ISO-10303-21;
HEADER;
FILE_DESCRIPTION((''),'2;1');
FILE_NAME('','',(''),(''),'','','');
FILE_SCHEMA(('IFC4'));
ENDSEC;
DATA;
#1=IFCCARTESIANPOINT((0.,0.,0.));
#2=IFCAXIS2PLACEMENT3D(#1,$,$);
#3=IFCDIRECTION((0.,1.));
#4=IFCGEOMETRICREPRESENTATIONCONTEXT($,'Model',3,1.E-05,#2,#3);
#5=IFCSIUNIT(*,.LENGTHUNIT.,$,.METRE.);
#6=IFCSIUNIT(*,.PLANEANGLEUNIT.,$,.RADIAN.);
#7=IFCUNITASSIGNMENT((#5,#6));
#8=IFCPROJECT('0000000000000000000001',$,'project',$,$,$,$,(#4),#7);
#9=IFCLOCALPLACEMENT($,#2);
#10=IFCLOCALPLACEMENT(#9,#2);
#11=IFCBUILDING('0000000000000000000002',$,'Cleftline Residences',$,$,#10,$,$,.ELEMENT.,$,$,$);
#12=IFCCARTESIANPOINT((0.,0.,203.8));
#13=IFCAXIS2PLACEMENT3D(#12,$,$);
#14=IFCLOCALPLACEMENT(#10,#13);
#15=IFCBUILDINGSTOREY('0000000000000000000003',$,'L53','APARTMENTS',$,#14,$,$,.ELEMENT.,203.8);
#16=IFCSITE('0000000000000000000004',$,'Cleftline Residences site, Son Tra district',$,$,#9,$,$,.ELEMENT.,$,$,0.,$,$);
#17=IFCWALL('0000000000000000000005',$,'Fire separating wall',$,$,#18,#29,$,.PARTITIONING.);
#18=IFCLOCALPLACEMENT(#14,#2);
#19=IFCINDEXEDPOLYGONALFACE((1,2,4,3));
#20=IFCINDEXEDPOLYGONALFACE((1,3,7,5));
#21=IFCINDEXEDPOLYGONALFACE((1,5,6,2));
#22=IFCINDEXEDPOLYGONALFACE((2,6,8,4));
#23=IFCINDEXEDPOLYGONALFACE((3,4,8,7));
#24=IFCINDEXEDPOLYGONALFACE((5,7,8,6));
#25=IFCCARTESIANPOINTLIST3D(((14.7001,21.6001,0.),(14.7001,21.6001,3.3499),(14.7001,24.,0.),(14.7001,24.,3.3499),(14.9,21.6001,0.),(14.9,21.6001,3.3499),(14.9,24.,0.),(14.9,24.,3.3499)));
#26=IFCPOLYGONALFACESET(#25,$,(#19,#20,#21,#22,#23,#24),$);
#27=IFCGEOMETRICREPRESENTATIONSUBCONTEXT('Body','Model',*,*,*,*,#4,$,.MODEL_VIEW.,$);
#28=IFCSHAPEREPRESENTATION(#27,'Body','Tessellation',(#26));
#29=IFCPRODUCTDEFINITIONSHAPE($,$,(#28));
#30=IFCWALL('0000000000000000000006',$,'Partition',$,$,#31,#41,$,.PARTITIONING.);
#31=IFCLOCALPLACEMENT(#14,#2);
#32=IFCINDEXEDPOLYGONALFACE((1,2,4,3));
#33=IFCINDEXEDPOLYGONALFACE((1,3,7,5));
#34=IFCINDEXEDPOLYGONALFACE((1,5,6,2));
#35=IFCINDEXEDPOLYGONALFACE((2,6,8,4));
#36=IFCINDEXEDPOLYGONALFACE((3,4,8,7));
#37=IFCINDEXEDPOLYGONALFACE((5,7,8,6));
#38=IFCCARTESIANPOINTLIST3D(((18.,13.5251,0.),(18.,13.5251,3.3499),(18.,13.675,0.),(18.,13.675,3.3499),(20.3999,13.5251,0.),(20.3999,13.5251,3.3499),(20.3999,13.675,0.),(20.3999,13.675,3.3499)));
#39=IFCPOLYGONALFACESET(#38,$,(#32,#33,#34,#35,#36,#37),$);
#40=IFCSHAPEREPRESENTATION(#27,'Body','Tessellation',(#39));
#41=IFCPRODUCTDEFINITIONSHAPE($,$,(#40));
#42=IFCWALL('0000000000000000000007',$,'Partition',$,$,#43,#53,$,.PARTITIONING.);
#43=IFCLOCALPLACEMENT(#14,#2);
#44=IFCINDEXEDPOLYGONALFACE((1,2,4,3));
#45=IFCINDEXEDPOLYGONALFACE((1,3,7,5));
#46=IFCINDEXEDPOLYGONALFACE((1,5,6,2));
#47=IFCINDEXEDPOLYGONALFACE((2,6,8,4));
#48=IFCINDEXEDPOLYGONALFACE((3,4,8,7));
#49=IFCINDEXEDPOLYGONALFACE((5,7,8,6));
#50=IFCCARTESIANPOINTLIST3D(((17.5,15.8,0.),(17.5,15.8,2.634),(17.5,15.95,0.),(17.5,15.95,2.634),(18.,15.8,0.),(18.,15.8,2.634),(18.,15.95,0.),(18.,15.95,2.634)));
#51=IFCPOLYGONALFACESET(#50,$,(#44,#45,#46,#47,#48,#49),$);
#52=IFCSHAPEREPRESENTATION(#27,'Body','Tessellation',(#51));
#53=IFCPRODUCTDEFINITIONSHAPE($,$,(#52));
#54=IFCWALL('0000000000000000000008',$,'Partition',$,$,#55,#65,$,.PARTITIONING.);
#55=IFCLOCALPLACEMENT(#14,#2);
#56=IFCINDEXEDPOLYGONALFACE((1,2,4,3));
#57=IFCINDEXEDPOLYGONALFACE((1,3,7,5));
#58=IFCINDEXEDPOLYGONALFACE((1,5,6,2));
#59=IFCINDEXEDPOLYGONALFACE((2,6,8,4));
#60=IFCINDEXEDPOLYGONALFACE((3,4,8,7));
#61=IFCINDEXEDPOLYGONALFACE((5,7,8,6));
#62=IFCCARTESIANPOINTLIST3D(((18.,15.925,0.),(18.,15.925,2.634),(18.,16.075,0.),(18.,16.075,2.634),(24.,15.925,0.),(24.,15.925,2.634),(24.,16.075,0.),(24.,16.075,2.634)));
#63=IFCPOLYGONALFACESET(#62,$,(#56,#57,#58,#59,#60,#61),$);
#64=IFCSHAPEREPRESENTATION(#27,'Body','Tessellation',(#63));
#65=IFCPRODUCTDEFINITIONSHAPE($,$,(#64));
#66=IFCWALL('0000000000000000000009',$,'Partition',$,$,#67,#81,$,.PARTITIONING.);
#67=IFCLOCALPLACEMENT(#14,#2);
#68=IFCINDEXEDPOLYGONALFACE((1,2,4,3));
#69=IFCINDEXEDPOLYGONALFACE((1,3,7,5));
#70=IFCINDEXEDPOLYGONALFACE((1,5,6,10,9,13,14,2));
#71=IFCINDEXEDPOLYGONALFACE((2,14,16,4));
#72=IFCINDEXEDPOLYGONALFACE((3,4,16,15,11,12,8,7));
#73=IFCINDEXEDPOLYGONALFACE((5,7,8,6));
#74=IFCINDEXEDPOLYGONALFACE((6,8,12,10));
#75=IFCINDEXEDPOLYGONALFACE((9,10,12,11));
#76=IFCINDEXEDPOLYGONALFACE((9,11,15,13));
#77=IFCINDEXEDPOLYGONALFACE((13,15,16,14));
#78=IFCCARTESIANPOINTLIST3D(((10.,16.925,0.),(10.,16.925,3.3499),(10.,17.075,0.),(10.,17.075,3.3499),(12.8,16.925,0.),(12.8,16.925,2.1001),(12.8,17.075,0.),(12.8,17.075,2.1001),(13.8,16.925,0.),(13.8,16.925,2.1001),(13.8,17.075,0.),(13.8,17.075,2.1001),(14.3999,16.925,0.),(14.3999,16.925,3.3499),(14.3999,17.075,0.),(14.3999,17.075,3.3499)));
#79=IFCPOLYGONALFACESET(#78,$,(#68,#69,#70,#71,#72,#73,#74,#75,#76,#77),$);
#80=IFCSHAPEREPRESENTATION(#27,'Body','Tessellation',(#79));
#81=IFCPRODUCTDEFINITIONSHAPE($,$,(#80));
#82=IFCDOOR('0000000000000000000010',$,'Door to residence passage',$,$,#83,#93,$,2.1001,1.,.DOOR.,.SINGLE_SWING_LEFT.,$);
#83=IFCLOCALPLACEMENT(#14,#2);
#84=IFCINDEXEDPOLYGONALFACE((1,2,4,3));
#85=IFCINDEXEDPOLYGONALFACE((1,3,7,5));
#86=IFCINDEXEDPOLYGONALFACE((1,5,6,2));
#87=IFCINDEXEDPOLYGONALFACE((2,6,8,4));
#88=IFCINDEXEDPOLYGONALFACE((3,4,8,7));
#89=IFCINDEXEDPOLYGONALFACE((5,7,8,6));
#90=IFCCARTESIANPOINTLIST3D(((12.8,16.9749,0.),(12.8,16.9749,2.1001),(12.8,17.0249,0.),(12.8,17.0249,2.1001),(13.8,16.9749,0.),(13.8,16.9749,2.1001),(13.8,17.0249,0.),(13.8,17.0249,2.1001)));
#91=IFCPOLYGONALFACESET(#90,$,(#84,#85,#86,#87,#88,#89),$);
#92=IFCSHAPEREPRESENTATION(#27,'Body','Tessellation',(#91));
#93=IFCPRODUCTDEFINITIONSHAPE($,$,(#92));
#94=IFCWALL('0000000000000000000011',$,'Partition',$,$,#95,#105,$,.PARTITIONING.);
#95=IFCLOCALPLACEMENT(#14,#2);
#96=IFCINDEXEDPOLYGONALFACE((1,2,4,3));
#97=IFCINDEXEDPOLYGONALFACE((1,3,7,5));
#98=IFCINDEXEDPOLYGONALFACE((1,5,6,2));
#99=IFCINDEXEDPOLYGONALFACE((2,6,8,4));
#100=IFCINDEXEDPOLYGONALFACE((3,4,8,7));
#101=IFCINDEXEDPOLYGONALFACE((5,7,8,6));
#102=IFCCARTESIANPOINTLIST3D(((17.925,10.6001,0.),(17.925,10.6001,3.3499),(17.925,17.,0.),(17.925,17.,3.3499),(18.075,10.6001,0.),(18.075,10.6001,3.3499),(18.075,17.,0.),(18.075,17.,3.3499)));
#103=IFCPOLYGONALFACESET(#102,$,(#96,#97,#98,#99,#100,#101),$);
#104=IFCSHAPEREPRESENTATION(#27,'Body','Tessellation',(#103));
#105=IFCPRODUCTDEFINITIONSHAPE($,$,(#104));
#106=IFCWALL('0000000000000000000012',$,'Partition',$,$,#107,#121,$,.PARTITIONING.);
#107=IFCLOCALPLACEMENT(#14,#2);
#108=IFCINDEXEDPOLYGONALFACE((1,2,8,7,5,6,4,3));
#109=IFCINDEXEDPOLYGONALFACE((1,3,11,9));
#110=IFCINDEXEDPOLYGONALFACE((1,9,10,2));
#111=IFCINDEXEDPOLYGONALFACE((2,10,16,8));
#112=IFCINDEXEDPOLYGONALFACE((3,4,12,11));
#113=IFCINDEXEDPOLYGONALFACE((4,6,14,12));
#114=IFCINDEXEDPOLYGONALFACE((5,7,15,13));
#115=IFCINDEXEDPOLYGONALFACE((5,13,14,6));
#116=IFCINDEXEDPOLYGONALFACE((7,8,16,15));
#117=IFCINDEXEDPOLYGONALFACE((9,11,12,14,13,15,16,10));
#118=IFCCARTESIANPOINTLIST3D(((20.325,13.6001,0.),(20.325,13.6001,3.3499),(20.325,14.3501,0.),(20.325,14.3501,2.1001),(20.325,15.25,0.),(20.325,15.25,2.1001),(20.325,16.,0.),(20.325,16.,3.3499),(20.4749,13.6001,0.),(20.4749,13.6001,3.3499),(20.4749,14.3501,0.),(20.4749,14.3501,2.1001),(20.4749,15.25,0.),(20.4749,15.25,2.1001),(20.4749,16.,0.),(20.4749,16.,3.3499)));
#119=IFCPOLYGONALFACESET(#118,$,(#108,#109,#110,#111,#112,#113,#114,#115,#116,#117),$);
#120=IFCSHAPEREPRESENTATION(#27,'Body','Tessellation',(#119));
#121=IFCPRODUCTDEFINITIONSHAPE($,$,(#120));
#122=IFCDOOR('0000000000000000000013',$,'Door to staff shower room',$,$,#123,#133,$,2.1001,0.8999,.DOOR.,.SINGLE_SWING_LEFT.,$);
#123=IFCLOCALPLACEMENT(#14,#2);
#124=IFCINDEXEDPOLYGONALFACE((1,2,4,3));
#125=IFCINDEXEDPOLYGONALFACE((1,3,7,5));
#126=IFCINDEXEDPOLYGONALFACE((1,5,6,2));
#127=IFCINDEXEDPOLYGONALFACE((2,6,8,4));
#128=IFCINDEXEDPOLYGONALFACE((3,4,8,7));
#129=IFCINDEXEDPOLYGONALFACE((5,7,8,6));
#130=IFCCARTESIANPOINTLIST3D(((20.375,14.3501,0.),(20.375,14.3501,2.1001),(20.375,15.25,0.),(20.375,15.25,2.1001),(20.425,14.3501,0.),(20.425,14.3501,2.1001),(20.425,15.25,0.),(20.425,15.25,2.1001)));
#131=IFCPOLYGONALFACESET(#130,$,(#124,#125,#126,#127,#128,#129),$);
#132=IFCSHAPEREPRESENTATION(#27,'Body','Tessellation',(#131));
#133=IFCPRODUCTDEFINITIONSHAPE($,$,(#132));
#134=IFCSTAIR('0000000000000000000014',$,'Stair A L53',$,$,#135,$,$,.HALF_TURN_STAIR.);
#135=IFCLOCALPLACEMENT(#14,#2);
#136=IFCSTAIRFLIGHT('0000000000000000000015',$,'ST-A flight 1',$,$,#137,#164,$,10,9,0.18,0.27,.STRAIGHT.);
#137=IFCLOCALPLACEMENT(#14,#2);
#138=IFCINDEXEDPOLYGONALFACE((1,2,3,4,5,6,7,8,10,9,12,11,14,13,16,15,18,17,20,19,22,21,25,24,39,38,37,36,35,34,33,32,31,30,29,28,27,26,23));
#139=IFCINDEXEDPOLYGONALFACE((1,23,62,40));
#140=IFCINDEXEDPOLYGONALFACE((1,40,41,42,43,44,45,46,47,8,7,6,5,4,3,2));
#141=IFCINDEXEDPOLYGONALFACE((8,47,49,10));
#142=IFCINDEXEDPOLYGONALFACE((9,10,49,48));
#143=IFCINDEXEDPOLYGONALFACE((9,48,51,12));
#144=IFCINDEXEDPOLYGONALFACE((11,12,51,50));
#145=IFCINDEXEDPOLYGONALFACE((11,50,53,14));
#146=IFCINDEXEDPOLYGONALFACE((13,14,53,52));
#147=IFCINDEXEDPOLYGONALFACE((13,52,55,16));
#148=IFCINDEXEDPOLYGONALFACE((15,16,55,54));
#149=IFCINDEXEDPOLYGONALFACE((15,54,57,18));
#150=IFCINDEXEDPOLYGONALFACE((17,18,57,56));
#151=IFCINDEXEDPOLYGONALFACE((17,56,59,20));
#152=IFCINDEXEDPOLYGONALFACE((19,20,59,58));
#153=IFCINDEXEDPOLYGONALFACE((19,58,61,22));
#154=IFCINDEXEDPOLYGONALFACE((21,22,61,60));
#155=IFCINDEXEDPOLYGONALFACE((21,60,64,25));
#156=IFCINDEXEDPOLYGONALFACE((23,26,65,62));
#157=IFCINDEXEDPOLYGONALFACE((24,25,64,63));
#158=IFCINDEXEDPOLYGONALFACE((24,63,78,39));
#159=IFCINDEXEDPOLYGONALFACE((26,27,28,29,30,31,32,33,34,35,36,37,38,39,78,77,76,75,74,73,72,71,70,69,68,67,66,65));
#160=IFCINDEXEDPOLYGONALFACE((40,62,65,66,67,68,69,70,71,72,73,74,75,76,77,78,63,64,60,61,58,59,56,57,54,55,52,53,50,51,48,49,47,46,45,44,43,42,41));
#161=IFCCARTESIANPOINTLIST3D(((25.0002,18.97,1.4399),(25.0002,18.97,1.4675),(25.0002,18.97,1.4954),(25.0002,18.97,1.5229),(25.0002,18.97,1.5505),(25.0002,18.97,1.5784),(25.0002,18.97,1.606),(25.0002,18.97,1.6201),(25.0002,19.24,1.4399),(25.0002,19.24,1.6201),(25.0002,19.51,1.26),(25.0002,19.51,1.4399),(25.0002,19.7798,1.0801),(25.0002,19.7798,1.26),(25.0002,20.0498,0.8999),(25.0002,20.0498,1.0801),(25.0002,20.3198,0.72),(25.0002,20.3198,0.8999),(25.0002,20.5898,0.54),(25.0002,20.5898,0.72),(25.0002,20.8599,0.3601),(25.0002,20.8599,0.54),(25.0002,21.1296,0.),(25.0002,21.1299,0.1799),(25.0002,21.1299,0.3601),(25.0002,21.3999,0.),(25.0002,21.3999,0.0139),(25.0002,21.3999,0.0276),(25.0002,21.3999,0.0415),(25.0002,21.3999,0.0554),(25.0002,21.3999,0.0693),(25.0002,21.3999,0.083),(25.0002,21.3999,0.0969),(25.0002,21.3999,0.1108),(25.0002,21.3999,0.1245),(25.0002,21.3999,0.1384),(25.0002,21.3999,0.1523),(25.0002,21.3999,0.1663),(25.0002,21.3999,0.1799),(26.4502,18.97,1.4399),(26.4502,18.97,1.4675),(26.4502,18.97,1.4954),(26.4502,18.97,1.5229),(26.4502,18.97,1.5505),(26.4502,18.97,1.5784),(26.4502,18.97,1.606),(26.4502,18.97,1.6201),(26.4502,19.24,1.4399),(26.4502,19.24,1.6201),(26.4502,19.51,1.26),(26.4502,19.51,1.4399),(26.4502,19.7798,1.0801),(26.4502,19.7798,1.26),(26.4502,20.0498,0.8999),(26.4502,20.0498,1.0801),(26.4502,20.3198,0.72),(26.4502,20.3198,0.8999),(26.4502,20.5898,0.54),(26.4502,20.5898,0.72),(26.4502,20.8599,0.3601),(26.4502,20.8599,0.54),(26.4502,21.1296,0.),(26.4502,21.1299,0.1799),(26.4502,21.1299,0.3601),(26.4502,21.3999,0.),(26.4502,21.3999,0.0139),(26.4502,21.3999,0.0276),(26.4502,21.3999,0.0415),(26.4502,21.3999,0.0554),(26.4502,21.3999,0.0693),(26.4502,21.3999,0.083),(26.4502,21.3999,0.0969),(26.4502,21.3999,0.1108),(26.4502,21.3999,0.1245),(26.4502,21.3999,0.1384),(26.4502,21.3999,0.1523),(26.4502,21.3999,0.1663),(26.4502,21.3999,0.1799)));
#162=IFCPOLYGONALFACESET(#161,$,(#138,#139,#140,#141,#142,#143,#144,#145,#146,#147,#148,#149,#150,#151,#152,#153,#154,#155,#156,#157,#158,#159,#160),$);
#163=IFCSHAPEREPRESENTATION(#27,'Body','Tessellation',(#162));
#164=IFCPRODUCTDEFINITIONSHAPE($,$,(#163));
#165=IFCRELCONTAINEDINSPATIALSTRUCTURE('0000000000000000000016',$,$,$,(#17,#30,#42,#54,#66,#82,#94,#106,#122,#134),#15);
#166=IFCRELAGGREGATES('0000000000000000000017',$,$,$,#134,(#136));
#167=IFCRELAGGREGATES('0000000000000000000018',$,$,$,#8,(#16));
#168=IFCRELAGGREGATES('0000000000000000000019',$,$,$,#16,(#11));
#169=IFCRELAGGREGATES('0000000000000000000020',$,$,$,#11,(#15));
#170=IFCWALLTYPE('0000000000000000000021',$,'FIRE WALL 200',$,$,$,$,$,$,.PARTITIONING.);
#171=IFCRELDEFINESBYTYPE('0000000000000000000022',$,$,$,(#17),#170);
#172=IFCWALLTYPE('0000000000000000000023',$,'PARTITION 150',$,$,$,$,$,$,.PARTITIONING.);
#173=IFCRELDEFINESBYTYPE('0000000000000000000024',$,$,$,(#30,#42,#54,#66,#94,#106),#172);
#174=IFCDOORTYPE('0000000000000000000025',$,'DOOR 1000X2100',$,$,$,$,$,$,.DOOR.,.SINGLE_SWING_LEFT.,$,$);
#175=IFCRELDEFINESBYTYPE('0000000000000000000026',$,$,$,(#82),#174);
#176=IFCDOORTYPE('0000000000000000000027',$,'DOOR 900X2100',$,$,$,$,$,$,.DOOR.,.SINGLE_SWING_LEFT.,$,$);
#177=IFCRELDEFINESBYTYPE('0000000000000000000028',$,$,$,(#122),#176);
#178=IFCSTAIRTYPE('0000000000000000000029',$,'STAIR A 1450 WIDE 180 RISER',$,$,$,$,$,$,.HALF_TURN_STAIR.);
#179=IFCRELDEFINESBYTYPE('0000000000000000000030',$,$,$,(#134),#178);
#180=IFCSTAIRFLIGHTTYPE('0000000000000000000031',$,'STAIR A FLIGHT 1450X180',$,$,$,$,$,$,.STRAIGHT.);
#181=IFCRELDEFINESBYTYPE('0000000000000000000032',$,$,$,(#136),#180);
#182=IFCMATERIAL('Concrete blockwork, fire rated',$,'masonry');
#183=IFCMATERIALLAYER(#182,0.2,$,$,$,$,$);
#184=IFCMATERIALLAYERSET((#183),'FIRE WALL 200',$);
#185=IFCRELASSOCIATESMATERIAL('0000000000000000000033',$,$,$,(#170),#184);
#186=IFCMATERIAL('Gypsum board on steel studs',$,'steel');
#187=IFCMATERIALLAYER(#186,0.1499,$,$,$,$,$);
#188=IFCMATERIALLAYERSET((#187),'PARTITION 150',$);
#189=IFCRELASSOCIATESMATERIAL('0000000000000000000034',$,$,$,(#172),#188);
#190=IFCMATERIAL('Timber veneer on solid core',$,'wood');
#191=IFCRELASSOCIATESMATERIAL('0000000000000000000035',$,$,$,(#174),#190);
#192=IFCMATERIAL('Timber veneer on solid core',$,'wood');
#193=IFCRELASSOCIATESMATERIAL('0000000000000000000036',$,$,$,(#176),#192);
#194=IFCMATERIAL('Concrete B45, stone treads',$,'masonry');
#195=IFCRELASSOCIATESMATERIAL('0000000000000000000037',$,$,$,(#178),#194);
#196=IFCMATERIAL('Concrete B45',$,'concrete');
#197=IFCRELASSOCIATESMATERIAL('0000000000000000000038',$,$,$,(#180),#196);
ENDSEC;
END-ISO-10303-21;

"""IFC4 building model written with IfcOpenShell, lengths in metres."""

from ifc_helpers import new_model, si_unit, direction, frame, frame_2d, origin, place, context, subcontext, project, spatial, polyline, rectangle, outline, extrude, material, layer, layer_set, type_object, element, fill, aggregate, save


model = new_model("IFC4")

# Units and contexts
model_context = context("Model", 3, precision=1e-05, world=origin(), true_north=direction((0.0, 1.0)))
body_context = subcontext(model_context, "Body", "Model", "MODEL_VIEW")
ifc_project = project(units=[si_unit("LENGTHUNIT", "METRE"), si_unit("PLANEANGLEUNIT", "RADIAN")], contexts=[model_context])

# Site, building, storey
site_placement = place(None, origin())
site = spatial("IfcSite", under=ifc_project, at=site_placement, Name="Cleftline Residences site, Son Tra district", CompositionType="ELEMENT", RefElevation=0.0)
building_placement = place(site_placement, origin())
building = spatial("IfcBuilding", under=site, at=building_placement, Name="Cleftline Residences", CompositionType="ELEMENT")
storey_placement = place(building_placement, frame((0.0, 0.0, 203.8)))
storey = spatial("IfcBuildingStorey", under=building, at=storey_placement, Name="L53", Description="APARTMENTS", CompositionType="ELEMENT", Elevation=203.8)

# Shared definitions
ifc_material_1 = material(Name="Concrete blockwork, fire rated", Category="masonry")
ifc_layer_1 = layer(ifc_material_1, 0.2)
ifc_layer_set_1 = layer_set([ifc_layer_1], Name="FIRE WALL 200")
wall_type_1 = type_object("IfcWallType", Name="FIRE WALL 200", PredefinedType="PARTITIONING", material=ifc_layer_set_1)

# Wall
for number, where, z_axis, x_axis, name in (
    (1, (14.8, 21.6001, 0.0), (0.0, 0.0, 1.0), (0.0, 1.0, 0.0), "Fire separating wall"),
):
    element("IfcWall", number, at=place(storey_placement, frame(where, z_axis=z_axis, x_axis=x_axis)), inside=storey, type_object=wall_type_1, Name=name, PredefinedType="PARTITIONING", context=body_context, shape_type="SweptSolid", body=[
        extrude(rectangle(XDim=2.3999, YDim=0.2, at=frame_2d((1.2, 0.0))), origin(), (0.0, 0.0, 1.0), 3.3499),
    ])

# Walls
ifc_material_2 = material(Name="Gypsum board on steel studs", Category="steel")
ifc_layer_2 = layer(ifc_material_2, 0.1499)
ifc_layer_set_2 = layer_set([ifc_layer_2], Name="PARTITION 150")
wall_type_2 = type_object("IfcWallType", Name="PARTITION 150", PredefinedType="PARTITIONING", material=ifc_layer_set_2)
wall_1_placement = place(storey_placement, frame((18.0, 13.6001, 0.0), z_axis=(0.0, 0.0, 1.0), x_axis=(1.0, 0.0, 0.0)))
element("IfcWall", 2, at=wall_1_placement, inside=storey, type_object=wall_type_2, Name="Partition", PredefinedType="PARTITIONING", context=body_context, shape_type="SweptSolid", body=[
    extrude(rectangle(XDim=2.3999, YDim=0.1499, at=frame_2d((1.2, 0.0))), origin(), (0.0, 0.0, 1.0), 3.3499),
])
wall_2_placement = place(storey_placement, frame((17.5, 15.875, 0.0), z_axis=(0.0, 0.0, 1.0), x_axis=(1.0, 0.0, 0.0)))
element("IfcWall", 3, at=wall_2_placement, inside=storey, type_object=wall_type_2, Name="Partition", PredefinedType="PARTITIONING", context=body_context, shape_type="SweptSolid", body=[
    extrude(rectangle(XDim=0.5, YDim=0.1499, at=frame_2d((0.25, 0.0))), origin(), (0.0, 0.0, 1.0), 2.634),
])
wall_3_placement = place(storey_placement, frame((18.0, 16.0, 0.0), z_axis=(0.0, 0.0, 1.0), x_axis=(1.0, 0.0, 0.0)))
element("IfcWall", 4, at=wall_3_placement, inside=storey, type_object=wall_type_2, Name="Partition", PredefinedType="PARTITIONING", context=body_context, shape_type="SweptSolid", body=[
    extrude(rectangle(XDim=6.0, YDim=0.1499, at=frame_2d((3.0, 0.0))), origin(), (0.0, 0.0, 1.0), 2.634),
])

# Wall, opening, door
wall_4_placement = place(storey_placement, frame((10.0, 17.0, 0.0), z_axis=(0.0, 0.0, 1.0), x_axis=(1.0, 0.0, 0.0)))
wall_4 = element("IfcWall", 5, at=wall_4_placement, inside=storey, type_object=wall_type_2, Name="Partition", PredefinedType="PARTITIONING", context=body_context, shape_type="SweptSolid", body=[
    extrude(rectangle(XDim=4.3999, YDim=0.1499, at=frame_2d((2.2, 0.0))), origin(), (0.0, 0.0, 1.0), 3.3499),
])
opening_1_placement = place(wall_4_placement, frame((2.8, 0.0, 0.0)))
opening_1 = element("IfcOpeningElement", 6, at=opening_1_placement, cuts=wall_4, PredefinedType="OPENING", context=body_context, shape_type="SweptSolid", body=[
    extrude(rectangle(XDim=1.0, YDim=2.1001, at=frame_2d((0.5, 1.05))), frame((0.0, 0.085, 0.0), z_axis=(0.0, -1.0, 0.0), x_axis=(1.0, 0.0, 0.0)), (0.0, 0.0, 1.0), 0.1699),
])
ifc_material_3 = material(Name="Timber veneer on solid core", Category="wood")
door_type_1 = type_object("IfcDoorType", Name="DOOR 1000X2100", OperationType="SINGLE_SWING_LEFT", PredefinedType="DOOR", material=ifc_material_3)
door_1_placement = place(opening_1_placement, origin())
door_1 = element("IfcDoor", 7, at=door_1_placement, inside=storey, type_object=door_type_1, Name="Door to residence passage", OperationType="SINGLE_SWING_LEFT", OverallHeight=2.1001, OverallWidth=1.0, PredefinedType="DOOR", context=body_context, shape_type="SweptSolid", body=[
    extrude(rectangle(XDim=1.0, YDim=2.1001, at=frame_2d((0.5, 1.05))), frame((0.0, 0.0249, 0.0), z_axis=(0.0, -1.0, 0.0), x_axis=(1.0, 0.0, 0.0)), (0.0, 0.0, 1.0), 0.05),
])
fill(opening_1, door_1)

# Wall
wall_5_placement = place(storey_placement, frame((18.0, 10.6001, 0.0), z_axis=(0.0, 0.0, 1.0), x_axis=(0.0, 1.0, 0.0)))
element("IfcWall", 8, at=wall_5_placement, inside=storey, type_object=wall_type_2, Name="Partition", PredefinedType="PARTITIONING", context=body_context, shape_type="SweptSolid", body=[
    extrude(rectangle(XDim=6.3999, YDim=0.1499, at=frame_2d((3.2, 0.0))), origin(), (0.0, 0.0, 1.0), 3.3499),
])

# Wall, opening, door
wall_6_placement = place(storey_placement, frame((20.3999, 13.6001, 0.0), z_axis=(0.0, 0.0, 1.0), x_axis=(0.0, 1.0, 0.0)))
wall_6 = element("IfcWall", 9, at=wall_6_placement, inside=storey, type_object=wall_type_2, Name="Partition", PredefinedType="PARTITIONING", context=body_context, shape_type="SweptSolid", body=[
    extrude(rectangle(XDim=2.3999, YDim=0.1499, at=frame_2d((1.2, 0.0))), origin(), (0.0, 0.0, 1.0), 3.3499),
])
opening_2_placement = place(wall_6_placement, frame((0.75, 0.0, 0.0)))
opening_2 = element("IfcOpeningElement", 10, at=opening_2_placement, cuts=wall_6, PredefinedType="OPENING", context=body_context, shape_type="SweptSolid", body=[
    extrude(rectangle(XDim=0.8999, YDim=2.1001, at=frame_2d((0.45, 1.05))), frame((0.0, 0.085, 0.0), z_axis=(0.0, -1.0, 0.0), x_axis=(1.0, 0.0, 0.0)), (0.0, 0.0, 1.0), 0.1699),
])
ifc_material_4 = material(Name="Timber veneer on solid core", Category="wood")
door_type_2 = type_object("IfcDoorType", Name="DOOR 900X2100", OperationType="SINGLE_SWING_LEFT", PredefinedType="DOOR", material=ifc_material_4)
door_2_placement = place(opening_2_placement, origin())
door_2 = element("IfcDoor", 11, at=door_2_placement, inside=storey, type_object=door_type_2, Name="Door to staff shower room", OperationType="SINGLE_SWING_LEFT", OverallHeight=2.1001, OverallWidth=0.8999, PredefinedType="DOOR", context=body_context, shape_type="SweptSolid", body=[
    extrude(rectangle(XDim=0.8999, YDim=2.1001, at=frame_2d((0.45, 1.05))), frame((0.0, 0.0249, 0.0), z_axis=(0.0, -1.0, 0.0), x_axis=(1.0, 0.0, 0.0)), (0.0, 0.0, 1.0), 0.05),
])
fill(opening_2, door_2)

# Stair, stair flight
ifc_material_5 = material(Name="Concrete B45, stone treads", Category="masonry")
stair_type = type_object("IfcStairType", Name="STAIR A 1450 WIDE 180 RISER", PredefinedType="HALF_TURN_STAIR", material=ifc_material_5)
stair_placement = place(storey_placement, origin())
stair = element("IfcStair", 12, at=stair_placement, inside=storey, type_object=stair_type, Name="Stair A L53", PredefinedType="HALF_TURN_STAIR")
ifc_material_6 = material(Name="Concrete B45", Category="concrete")
stair_flight_type = type_object("IfcStairFlightType", Name="STAIR A FLIGHT 1450X180", PredefinedType="STRAIGHT", material=ifc_material_6)
stair_flight_1_placement = place(storey_placement, frame((25.7251, 21.3999, 0.0), z_axis=(0.0, 0.0, 1.0), x_axis=(0.0, -1.0, 0.0)))
stair_flight_1 = element("IfcStairFlight", 13, at=stair_flight_1_placement, type_object=stair_flight_type, Name="ST-A flight 1", NumberOfRisers=10, NumberOfTreads=9, PredefinedType="STRAIGHT", RiserHeight=0.18, TreadLength=0.27, context=body_context, shape_type="SweptSolid", body=[
    extrude(outline(polyline([(0.0, 0.0), (0.0, 0.0139), (0.0, 0.0276), (0.0, 0.0415), (0.0, 0.0554), (0.0, 0.0693), (0.0, 0.083), (0.0, 0.0969), (0.0, 0.1108), (0.0, 0.1245), (0.0, 0.1384), (0.0, 0.1523), (0.0, 0.1663), (0.0, 0.1799), (0.27, 0.1799), (0.27, 0.3601), (0.54, 0.3601), (0.54, 0.54), (0.8101, 0.54), (0.8101, 0.72), (1.0801, 0.72), (1.0801, 0.8999), (1.3501, 0.8999), (1.3501, 1.0801), (1.6201, 1.0801), (1.6201, 1.26), (1.8899, 1.26), (1.8899, 1.4399), (2.1599, 1.4399), (2.1599, 1.6201), (2.4299, 1.6201), (2.4299, 1.8), (2.4299, 1.7722), (2.4299, 1.7446), (2.4299, 1.7168), (2.4299, 1.6892), (2.4299, 1.6614), (2.4299, 1.6338), (2.4299, 1.606), (2.4299, 1.5784), (2.4299, 1.5505), (2.4299, 1.5229), (2.4299, 1.4954), (2.4299, 1.4675), (2.4299, 1.4399), (0.2703, 0.0), (0.0, 0.0)])), frame((0.0, 0.7251, 0.0), z_axis=(0.0, -1.0, 0.0), x_axis=(1.0, 0.0, 0.0)), (0.0, 0.0, 1.0), 1.45),
])
aggregate(stair, [stair_flight_1])

save(model, "model.ifc")
